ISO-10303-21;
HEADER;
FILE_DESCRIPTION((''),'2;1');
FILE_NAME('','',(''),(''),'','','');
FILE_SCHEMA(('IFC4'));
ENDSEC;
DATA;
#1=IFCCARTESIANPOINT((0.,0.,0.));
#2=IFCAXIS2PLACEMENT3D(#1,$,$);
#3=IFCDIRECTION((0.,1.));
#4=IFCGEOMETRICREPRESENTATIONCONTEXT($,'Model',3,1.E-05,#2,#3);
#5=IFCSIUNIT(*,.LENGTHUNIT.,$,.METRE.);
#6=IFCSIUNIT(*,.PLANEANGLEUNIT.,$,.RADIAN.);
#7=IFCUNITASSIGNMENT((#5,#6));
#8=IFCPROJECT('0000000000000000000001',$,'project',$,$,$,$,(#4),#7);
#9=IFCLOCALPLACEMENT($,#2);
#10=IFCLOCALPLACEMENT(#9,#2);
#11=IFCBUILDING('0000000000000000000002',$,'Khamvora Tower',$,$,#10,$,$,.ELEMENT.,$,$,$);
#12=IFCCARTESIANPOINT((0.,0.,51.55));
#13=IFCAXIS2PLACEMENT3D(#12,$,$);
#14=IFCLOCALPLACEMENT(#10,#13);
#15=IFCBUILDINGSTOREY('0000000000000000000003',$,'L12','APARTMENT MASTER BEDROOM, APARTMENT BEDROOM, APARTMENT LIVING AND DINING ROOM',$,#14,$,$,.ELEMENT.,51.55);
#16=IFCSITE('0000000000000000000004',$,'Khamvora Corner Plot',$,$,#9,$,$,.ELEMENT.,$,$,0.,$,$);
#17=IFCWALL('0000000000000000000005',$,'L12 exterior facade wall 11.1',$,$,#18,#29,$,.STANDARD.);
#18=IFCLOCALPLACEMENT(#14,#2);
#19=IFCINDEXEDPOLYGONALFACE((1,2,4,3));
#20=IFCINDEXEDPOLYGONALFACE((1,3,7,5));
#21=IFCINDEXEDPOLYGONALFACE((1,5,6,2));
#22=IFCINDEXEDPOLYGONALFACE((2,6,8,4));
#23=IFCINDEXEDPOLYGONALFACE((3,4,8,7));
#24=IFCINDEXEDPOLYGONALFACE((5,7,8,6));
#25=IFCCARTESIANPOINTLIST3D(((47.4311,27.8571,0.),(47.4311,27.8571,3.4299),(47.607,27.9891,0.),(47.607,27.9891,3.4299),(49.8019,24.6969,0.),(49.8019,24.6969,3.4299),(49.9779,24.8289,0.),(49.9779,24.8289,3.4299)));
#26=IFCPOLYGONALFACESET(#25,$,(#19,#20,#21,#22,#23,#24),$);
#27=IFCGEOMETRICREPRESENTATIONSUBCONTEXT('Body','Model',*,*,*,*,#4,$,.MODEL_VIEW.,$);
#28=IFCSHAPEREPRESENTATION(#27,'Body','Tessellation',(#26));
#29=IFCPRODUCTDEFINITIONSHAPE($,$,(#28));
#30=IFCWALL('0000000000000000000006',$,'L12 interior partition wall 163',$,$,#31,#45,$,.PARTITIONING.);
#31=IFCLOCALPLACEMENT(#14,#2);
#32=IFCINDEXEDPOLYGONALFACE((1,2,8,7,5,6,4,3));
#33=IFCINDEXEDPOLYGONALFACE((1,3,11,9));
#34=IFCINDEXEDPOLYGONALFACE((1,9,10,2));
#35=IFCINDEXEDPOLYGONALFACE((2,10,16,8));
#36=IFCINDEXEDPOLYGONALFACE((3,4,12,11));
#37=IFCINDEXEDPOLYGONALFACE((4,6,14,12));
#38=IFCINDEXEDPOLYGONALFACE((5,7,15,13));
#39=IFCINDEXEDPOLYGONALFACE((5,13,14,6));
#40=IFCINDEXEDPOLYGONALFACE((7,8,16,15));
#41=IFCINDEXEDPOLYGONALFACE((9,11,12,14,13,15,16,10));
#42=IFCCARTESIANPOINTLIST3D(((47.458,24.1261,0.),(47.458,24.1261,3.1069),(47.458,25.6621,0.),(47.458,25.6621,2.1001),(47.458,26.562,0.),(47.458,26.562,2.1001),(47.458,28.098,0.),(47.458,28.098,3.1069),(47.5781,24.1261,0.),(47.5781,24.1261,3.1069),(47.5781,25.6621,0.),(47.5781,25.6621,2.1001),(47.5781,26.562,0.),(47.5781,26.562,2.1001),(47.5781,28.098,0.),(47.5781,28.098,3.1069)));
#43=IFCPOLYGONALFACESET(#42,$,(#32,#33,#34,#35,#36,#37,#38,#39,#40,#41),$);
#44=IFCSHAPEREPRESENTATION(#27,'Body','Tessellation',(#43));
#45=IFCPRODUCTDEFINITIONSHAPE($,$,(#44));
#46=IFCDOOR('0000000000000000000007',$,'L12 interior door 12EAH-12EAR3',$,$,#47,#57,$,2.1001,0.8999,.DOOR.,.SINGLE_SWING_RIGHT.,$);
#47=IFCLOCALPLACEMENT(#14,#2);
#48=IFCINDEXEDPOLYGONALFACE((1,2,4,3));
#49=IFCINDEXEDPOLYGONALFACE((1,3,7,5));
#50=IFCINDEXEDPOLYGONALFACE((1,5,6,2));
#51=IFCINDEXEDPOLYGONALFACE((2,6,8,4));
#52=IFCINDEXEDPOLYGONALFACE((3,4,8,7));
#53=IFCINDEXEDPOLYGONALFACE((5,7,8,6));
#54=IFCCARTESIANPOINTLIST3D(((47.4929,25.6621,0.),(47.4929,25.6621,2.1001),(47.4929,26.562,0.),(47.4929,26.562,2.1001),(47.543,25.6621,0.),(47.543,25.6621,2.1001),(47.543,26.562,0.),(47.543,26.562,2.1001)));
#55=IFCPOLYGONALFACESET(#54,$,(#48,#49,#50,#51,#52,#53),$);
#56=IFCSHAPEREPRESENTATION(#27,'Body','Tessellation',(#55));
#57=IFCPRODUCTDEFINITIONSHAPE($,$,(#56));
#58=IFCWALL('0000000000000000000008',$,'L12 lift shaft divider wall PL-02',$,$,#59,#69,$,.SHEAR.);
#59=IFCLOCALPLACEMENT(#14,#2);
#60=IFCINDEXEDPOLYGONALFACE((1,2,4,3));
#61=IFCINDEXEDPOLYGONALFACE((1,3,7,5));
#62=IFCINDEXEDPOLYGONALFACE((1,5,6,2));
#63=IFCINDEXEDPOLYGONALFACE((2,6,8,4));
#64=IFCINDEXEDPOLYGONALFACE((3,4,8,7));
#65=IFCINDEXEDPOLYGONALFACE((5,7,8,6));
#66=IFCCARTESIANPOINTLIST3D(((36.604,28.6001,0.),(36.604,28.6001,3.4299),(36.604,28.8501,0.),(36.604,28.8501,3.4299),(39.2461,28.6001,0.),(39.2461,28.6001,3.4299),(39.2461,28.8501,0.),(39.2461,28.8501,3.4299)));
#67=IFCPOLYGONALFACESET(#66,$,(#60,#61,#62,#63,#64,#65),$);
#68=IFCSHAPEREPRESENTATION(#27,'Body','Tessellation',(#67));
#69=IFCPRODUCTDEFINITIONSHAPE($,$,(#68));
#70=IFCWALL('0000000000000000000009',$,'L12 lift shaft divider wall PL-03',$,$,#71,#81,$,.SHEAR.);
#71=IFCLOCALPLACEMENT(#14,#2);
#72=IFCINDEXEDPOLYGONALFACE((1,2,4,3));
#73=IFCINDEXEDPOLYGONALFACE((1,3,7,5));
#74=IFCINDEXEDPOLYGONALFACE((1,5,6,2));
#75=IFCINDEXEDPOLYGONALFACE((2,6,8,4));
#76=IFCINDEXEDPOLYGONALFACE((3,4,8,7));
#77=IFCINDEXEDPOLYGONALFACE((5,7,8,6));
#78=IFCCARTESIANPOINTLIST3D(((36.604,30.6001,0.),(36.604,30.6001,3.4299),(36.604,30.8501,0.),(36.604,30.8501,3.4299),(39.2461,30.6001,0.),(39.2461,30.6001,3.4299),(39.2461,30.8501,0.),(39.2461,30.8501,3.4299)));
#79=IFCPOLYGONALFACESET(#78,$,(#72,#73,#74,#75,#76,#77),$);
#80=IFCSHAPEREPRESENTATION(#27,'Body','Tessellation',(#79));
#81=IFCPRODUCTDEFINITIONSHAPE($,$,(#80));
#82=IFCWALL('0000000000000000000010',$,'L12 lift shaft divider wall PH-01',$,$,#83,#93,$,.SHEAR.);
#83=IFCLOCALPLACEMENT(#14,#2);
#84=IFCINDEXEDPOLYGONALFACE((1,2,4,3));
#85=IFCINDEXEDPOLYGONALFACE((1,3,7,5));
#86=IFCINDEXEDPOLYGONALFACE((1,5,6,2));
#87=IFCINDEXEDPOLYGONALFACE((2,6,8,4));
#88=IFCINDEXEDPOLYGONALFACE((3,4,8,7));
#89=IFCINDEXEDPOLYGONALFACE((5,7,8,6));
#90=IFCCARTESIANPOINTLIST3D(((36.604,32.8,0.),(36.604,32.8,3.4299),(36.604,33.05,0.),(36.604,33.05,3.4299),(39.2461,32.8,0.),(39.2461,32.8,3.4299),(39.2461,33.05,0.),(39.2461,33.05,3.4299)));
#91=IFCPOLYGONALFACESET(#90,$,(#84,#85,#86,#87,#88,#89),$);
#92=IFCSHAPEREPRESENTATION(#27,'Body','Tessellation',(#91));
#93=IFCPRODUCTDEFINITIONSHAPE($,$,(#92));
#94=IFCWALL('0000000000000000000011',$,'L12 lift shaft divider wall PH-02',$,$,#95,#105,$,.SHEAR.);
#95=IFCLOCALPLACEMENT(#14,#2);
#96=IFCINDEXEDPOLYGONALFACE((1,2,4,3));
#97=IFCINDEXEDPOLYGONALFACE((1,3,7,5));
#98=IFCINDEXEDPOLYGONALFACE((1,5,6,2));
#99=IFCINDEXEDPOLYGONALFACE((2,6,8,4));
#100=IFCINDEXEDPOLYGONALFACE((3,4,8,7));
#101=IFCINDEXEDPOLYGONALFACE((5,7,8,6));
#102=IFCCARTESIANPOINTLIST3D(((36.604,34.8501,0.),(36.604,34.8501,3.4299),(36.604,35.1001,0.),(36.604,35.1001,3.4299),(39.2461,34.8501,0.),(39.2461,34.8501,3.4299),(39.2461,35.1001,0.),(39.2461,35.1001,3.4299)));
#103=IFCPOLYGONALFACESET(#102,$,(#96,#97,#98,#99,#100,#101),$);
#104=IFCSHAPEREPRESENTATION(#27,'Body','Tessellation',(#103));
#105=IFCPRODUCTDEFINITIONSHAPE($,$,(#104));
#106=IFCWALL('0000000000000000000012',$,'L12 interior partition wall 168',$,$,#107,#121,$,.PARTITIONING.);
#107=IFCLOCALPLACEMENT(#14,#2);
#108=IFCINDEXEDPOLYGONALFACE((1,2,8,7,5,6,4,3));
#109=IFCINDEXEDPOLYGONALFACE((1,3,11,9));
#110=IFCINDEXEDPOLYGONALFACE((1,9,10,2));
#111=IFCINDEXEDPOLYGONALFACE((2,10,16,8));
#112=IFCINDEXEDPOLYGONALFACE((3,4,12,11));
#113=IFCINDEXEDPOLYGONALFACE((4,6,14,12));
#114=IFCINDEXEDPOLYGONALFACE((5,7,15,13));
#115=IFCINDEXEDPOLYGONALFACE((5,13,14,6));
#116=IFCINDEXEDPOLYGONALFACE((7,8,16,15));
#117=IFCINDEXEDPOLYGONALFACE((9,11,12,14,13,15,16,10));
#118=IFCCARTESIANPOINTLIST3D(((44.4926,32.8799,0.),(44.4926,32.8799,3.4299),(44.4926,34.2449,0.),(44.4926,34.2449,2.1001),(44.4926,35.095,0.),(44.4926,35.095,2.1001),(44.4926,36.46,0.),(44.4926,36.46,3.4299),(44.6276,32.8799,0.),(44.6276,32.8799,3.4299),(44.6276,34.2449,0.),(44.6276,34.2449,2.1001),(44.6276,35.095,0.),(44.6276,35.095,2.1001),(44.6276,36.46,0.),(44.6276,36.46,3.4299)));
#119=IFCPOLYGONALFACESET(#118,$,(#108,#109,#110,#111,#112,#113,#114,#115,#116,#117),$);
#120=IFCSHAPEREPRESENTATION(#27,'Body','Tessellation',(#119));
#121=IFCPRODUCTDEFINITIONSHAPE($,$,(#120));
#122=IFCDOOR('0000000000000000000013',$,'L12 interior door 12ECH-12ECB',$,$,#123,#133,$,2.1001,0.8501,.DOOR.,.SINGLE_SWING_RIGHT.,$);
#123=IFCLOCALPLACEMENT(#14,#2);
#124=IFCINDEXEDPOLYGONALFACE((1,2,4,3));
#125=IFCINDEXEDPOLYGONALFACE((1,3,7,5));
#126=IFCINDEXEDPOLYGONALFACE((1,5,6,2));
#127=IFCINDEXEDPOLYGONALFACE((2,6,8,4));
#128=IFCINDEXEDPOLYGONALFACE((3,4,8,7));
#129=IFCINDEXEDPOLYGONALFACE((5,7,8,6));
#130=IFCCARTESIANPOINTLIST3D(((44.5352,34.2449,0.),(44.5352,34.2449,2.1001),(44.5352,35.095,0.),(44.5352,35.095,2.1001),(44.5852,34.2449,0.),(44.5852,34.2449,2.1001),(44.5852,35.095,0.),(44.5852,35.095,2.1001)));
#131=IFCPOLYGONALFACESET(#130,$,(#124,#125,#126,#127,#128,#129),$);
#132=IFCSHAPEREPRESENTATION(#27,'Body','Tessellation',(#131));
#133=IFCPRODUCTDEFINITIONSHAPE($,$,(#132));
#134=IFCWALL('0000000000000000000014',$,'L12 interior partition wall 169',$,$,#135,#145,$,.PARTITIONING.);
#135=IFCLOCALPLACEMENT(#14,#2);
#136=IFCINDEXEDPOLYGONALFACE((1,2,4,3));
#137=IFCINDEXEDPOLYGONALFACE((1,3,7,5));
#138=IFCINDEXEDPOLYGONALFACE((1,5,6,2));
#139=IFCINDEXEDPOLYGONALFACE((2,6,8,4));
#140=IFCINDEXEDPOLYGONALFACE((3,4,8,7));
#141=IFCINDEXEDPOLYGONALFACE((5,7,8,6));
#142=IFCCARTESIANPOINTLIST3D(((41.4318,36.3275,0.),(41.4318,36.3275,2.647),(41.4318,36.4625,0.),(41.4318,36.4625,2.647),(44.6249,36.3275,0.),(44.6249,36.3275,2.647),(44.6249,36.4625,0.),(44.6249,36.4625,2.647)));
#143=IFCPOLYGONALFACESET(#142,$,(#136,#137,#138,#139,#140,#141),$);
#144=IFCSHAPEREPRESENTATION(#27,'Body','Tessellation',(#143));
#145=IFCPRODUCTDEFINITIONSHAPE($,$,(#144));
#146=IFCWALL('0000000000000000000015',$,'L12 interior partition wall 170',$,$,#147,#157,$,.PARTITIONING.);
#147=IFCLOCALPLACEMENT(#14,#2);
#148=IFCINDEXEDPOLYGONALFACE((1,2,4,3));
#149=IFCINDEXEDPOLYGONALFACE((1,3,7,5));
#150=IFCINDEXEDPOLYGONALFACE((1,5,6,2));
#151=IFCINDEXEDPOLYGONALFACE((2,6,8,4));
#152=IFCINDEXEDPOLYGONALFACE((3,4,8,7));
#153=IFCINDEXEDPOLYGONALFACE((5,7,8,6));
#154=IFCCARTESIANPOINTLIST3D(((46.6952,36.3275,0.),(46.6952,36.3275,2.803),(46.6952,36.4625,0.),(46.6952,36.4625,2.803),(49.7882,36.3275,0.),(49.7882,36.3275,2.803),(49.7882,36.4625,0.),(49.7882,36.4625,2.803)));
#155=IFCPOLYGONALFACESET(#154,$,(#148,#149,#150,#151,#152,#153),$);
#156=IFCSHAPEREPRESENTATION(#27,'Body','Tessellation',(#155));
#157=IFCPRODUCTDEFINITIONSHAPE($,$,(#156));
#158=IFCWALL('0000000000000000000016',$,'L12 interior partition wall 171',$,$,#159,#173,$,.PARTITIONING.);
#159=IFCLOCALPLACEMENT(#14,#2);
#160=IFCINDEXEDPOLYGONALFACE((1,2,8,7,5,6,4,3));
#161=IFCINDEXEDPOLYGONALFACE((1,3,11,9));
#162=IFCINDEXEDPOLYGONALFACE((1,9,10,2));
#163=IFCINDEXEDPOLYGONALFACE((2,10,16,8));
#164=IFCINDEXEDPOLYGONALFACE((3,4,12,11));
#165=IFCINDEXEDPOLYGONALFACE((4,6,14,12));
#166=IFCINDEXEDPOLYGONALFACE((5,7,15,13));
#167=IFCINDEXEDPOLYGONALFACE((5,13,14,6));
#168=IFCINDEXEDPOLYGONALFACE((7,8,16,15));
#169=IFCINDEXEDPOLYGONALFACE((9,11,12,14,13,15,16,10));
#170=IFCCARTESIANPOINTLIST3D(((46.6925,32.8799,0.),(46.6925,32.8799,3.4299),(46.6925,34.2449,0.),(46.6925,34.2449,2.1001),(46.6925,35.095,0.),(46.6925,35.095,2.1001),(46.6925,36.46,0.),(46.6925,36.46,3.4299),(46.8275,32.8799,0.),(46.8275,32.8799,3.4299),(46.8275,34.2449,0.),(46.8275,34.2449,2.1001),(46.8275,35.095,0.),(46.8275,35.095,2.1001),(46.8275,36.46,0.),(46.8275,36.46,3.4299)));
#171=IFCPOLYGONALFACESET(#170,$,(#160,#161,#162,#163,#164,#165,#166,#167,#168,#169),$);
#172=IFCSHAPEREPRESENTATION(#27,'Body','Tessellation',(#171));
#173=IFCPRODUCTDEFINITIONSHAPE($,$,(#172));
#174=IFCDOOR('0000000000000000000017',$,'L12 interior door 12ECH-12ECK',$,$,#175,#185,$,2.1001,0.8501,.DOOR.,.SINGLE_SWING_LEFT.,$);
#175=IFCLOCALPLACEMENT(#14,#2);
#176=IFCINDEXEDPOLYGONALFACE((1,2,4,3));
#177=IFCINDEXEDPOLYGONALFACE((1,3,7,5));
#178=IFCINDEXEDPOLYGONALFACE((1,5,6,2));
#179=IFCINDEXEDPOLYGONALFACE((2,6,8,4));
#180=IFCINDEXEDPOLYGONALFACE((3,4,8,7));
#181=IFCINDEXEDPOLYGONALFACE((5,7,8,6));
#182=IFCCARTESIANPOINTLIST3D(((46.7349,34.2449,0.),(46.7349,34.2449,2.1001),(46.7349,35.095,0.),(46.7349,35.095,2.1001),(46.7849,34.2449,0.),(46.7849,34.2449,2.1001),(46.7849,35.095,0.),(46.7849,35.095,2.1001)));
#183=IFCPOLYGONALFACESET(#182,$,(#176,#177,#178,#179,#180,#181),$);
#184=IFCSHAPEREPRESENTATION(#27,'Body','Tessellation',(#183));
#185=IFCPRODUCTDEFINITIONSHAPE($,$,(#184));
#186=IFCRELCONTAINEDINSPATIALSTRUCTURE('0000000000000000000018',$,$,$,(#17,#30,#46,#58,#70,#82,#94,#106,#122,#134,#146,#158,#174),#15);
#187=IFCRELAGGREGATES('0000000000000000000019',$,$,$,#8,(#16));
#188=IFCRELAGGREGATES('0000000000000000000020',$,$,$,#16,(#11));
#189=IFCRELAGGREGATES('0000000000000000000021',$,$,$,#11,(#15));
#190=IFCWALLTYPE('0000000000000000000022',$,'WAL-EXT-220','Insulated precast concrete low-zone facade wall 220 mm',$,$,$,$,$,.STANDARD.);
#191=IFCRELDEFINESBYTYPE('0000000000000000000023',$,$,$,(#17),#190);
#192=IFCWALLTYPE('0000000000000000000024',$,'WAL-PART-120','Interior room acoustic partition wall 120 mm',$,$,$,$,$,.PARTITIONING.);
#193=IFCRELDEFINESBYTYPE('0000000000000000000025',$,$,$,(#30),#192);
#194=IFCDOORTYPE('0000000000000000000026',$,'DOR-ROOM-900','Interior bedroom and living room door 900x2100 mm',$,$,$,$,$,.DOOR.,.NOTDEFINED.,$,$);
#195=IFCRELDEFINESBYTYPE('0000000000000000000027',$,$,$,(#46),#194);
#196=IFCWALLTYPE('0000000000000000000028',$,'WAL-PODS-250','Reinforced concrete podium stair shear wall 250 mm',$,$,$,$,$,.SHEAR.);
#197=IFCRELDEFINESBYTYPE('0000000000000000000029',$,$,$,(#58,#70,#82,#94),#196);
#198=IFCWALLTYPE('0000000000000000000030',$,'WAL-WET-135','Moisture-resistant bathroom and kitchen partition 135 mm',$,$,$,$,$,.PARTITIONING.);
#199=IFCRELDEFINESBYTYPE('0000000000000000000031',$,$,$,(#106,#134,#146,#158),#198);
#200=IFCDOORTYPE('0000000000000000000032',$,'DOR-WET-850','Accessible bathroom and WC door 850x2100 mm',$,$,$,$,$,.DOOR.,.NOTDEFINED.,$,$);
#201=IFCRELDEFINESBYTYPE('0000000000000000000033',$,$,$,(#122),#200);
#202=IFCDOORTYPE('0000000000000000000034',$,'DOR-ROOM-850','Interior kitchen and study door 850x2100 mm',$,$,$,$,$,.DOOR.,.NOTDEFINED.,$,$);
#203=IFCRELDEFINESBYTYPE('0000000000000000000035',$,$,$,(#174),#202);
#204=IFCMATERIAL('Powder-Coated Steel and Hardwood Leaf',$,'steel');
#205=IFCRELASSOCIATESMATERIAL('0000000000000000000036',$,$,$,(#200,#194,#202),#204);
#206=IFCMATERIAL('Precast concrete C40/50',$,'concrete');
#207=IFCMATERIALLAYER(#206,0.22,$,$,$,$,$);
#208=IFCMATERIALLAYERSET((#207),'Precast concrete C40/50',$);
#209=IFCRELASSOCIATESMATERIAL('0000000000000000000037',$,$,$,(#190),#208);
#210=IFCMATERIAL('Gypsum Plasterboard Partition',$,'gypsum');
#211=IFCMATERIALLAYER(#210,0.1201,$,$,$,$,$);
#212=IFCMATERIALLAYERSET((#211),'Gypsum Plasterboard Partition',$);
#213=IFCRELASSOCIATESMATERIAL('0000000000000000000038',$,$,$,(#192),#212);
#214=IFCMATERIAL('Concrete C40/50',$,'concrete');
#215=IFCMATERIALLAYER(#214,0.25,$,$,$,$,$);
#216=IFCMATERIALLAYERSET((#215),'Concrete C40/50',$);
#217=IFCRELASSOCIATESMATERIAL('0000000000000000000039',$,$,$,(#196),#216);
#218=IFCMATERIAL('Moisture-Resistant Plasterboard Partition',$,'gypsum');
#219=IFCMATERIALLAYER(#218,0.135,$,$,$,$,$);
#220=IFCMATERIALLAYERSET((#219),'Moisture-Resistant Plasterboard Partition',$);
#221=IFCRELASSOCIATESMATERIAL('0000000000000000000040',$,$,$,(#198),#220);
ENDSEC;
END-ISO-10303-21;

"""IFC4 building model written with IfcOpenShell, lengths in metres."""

from ifc_helpers import new_model, si_unit, direction, frame, frame_2d, origin, place, context, subcontext, project, spatial, rectangle, extrude, material, layer, layer_set, type_object, element, fill, save


model = new_model("IFC4")

# Units and contexts
model_context = context("Model", 3, precision=1e-05, world=origin(), true_north=direction((0.0, 1.0)))
body_context = subcontext(model_context, "Body", "Model", "MODEL_VIEW")
ifc_project = project(units=[si_unit("LENGTHUNIT", "METRE"), si_unit("PLANEANGLEUNIT", "RADIAN")], contexts=[model_context])

# Site, building, storey
site_placement = place(None, origin())
site = spatial("IfcSite", under=ifc_project, at=site_placement, Name="Khamvora Corner Plot", CompositionType="ELEMENT", RefElevation=0.0)
building_placement = place(site_placement, origin())
building = spatial("IfcBuilding", under=site, at=building_placement, Name="Khamvora Tower", CompositionType="ELEMENT")
storey_placement = place(building_placement, frame((0.0, 0.0, 51.55)))
storey = spatial("IfcBuildingStorey", under=building, at=storey_placement, Name="L12", Description="APARTMENT MASTER BEDROOM, APARTMENT BEDROOM, APARTMENT LIVING AND DINING ROOM", CompositionType="ELEMENT", Elevation=51.55)

# Shared definitions
ifc_material_1 = material(Name="Powder-Coated Steel and Hardwood Leaf", Category="steel")
door_type_1 = type_object("IfcDoorType", Name="DOR-WET-850", Description="Accessible bathroom and WC door 850x2100 mm", OperationType="NOTDEFINED", PredefinedType="DOOR", material=ifc_material_1)

# Wall
ifc_material_2 = material(Name="Precast concrete C40/50", Category="concrete")
ifc_layer_1 = layer(ifc_material_2, 0.22)
ifc_layer_set_1 = layer_set([ifc_layer_1], Name="Precast concrete C40/50")
wall_type_1 = type_object("IfcWallType", Name="WAL-EXT-220", Description="Insulated precast concrete low-zone facade wall 220 mm", PredefinedType="STANDARD", material=ifc_layer_set_1)
wall_1_placement = place(storey_placement, frame((47.519, 27.9231, 0.0), z_axis=(0.0, 0.0, 1.0), x_axis=(0.600119, -0.799911, 0.0)))
element("IfcWall", 1, at=wall_1_placement, inside=storey, type_object=wall_type_1, Name="L12 exterior facade wall 11.1", PredefinedType="STANDARD", context=body_context, shape_type="SweptSolid", body=[
    extrude(rectangle(XDim=3.9507, YDim=0.22, at=frame_2d((1.9753, 0.0))), origin(), (0.0, 0.0, 1.0), 3.4299),
])

# Wall, opening, door
ifc_material_3 = material(Name="Gypsum Plasterboard Partition", Category="gypsum")
ifc_layer_2 = layer(ifc_material_3, 0.1201)
ifc_layer_set_2 = layer_set([ifc_layer_2], Name="Gypsum Plasterboard Partition")
wall_type_2 = type_object("IfcWallType", Name="WAL-PART-120", Description="Interior room acoustic partition wall 120 mm", PredefinedType="PARTITIONING", material=ifc_layer_set_2)
wall_2_placement = place(storey_placement, frame((47.5181, 28.0979, 0.0), z_axis=(0.0, 0.0, 1.0), x_axis=(0.0, -1.0, 0.0)))
wall_2 = element("IfcWall", 2, at=wall_2_placement, inside=storey, type_object=wall_type_2, Name="L12 interior partition wall 163", PredefinedType="PARTITIONING", context=body_context, shape_type="SweptSolid", body=[
    extrude(rectangle(XDim=3.9719, YDim=0.1201, at=frame_2d((1.9858, 0.0))), origin(), (0.0, 0.0, 1.0), 3.1069),
])
opening_1_placement = place(wall_2_placement, frame((1.5359, 0.0, 0.0)))
opening_1 = element("IfcOpeningElement", 3, at=opening_1_placement, cuts=wall_2, PredefinedType="OPENING", context=body_context, shape_type="SweptSolid", body=[
    extrude(rectangle(XDim=0.8999, YDim=2.1001, at=frame_2d((0.45, 1.05))), frame((0.0, 0.0701, 0.0), z_axis=(0.0, -1.0, 0.0), x_axis=(1.0, 0.0, 0.0)), (0.0, 0.0, 1.0), 0.1401),
])
door_type_2 = type_object("IfcDoorType", Name="DOR-ROOM-900", Description="Interior bedroom and living room door 900x2100 mm", OperationType="NOTDEFINED", PredefinedType="DOOR", material=ifc_material_1)
door_1_placement = place(opening_1_placement, origin())
door_1 = element("IfcDoor", 4, at=door_1_placement, inside=storey, type_object=door_type_2, Name="L12 interior door 12EAH-12EAR3", OperationType="SINGLE_SWING_RIGHT", OverallHeight=2.1001, OverallWidth=0.8999, PredefinedType="DOOR", context=body_context, shape_type="SweptSolid", body=[
    extrude(rectangle(XDim=0.8999, YDim=2.1001, at=frame_2d((0.45, 1.05))), frame((0.0, 0.0249, 0.0), z_axis=(0.0, -1.0, 0.0), x_axis=(1.0, 0.0, 0.0)), (0.0, 0.0, 1.0), 0.05),
])
fill(opening_1, door_1)

# Walls
ifc_material_4 = material(Name="Concrete C40/50", Category="concrete")
ifc_layer_3 = layer(ifc_material_4, 0.25)
ifc_layer_set_3 = layer_set([ifc_layer_3], Name="Concrete C40/50")
wall_type_3 = type_object("IfcWallType", Name="WAL-PODS-250", Description="Reinforced concrete podium stair shear wall 250 mm", PredefinedType="SHEAR", material=ifc_layer_set_3)
for number, where, z_axis, x_axis, name in (
    (5, (36.604, 28.7251, 0.0), (0.0, 0.0, 1.0), (1.0, 0.0, 0.0), "L12 lift shaft divider wall PL-02"),
    (6, (36.604, 30.7251, 0.0), (0.0, 0.0, 1.0), (1.0, 0.0, 0.0), "L12 lift shaft divider wall PL-03"),
    (7, (36.604, 32.925, 0.0), (0.0, 0.0, 1.0), (1.0, 0.0, 0.0), "L12 lift shaft divider wall PH-01"),
    (8, (36.604, 34.9751, 0.0), (0.0, 0.0, 1.0), (1.0, 0.0, 0.0), "L12 lift shaft divider wall PH-02"),
):
    element("IfcWall", number, at=place(storey_placement, frame(where, z_axis=z_axis, x_axis=x_axis)), inside=storey, type_object=wall_type_3, Name=name, PredefinedType="SHEAR", context=body_context, shape_type="SweptSolid", body=[
        extrude(rectangle(XDim=2.6421, YDim=0.25, at=frame_2d((1.321, 0.0))), origin(), (0.0, 0.0, 1.0), 3.4299),
    ])

# Wall, opening, door
ifc_material_5 = material(Name="Moisture-Resistant Plasterboard Partition", Category="gypsum")
ifc_layer_4 = layer(ifc_material_5, 0.135)
ifc_layer_set_4 = layer_set([ifc_layer_4], Name="Moisture-Resistant Plasterboard Partition")
wall_type_4 = type_object("IfcWallType", Name="WAL-WET-135", Description="Moisture-resistant bathroom and kitchen partition 135 mm", PredefinedType="PARTITIONING", material=ifc_layer_set_4)
wall_3_placement = place(storey_placement, frame((44.5601, 32.8799, 0.0), z_axis=(0.0, 0.0, 1.0), x_axis=(0.0, 1.0, 0.0)))
wall_3 = element("IfcWall", 9, at=wall_3_placement, inside=storey, type_object=wall_type_4, Name="L12 interior partition wall 168", PredefinedType="PARTITIONING", context=body_context, shape_type="SweptSolid", body=[
    extrude(rectangle(XDim=3.5801, YDim=0.135, at=frame_2d((1.79, 0.0))), origin(), (0.0, 0.0, 1.0), 3.4299),
])
opening_2_placement = place(wall_3_placement, frame((1.365, 0.0, 0.0)))
opening_2 = element("IfcOpeningElement", 10, at=opening_2_placement, cuts=wall_3, PredefinedType="OPENING", context=body_context, shape_type="SweptSolid", body=[
    extrude(rectangle(XDim=0.8501, YDim=2.1001, at=frame_2d((0.425, 1.05))), frame((0.0, 0.0774, 0.0), z_axis=(0.0, -1.0, 0.0), x_axis=(1.0, 0.0, 0.0)), (0.0, 0.0, 1.0), 0.155),
])
door_2_placement = place(opening_2_placement, origin())
door_2 = element("IfcDoor", 11, at=door_2_placement, inside=storey, type_object=door_type_1, Name="L12 interior door 12ECH-12ECB", OperationType="SINGLE_SWING_RIGHT", OverallHeight=2.1001, OverallWidth=0.8501, PredefinedType="DOOR", context=body_context, shape_type="SweptSolid", body=[
    extrude(rectangle(XDim=0.8501, YDim=2.1001, at=frame_2d((0.425, 1.05))), frame((0.0, 0.0249, 0.0), z_axis=(0.0, -1.0, 0.0), x_axis=(1.0, 0.0, 0.0)), (0.0, 0.0, 1.0), 0.05),
])
fill(opening_2, door_2)

# Walls
wall_4_placement = place(storey_placement, frame((44.625, 36.395, 0.0), z_axis=(0.0, 0.0, 1.0), x_axis=(-1.0, 0.0, 0.0)))
element("IfcWall", 12, at=wall_4_placement, inside=storey, type_object=wall_type_4, Name="L12 interior partition wall 169", PredefinedType="PARTITIONING", context=body_context, shape_type="SweptSolid", body=[
    extrude(rectangle(XDim=3.1931, YDim=0.135, at=frame_2d((1.5967, 0.0))), origin(), (0.0, 0.0, 1.0), 2.647),
])
wall_5_placement = place(storey_placement, frame((49.7881, 36.395, 0.0), z_axis=(0.0, 0.0, 1.0), x_axis=(-1.0, 0.0, 0.0)))
element("IfcWall", 13, at=wall_5_placement, inside=storey, type_object=wall_type_4, Name="L12 interior partition wall 170", PredefinedType="PARTITIONING", context=body_context, shape_type="SweptSolid", body=[
    extrude(rectangle(XDim=3.093, YDim=0.135, at=frame_2d((1.5464, 0.0))), origin(), (0.0, 0.0, 1.0), 2.803),
])

# Wall, opening, door
wall_6_placement = place(storey_placement, frame((46.76, 36.46, 0.0), z_axis=(0.0, 0.0, 1.0), x_axis=(0.0, -1.0, 0.0)))
wall_6 = element("IfcWall", 14, at=wall_6_placement, inside=storey, type_object=wall_type_4, Name="L12 interior partition wall 171", PredefinedType="PARTITIONING", context=body_context, shape_type="SweptSolid", body=[
    extrude(rectangle(XDim=3.5801, YDim=0.135, at=frame_2d((1.79, 0.0))), origin(), (0.0, 0.0, 1.0), 3.4299),
])
opening_3_placement = place(wall_6_placement, frame((1.365, 0.0, 0.0)))
opening_3 = element("IfcOpeningElement", 15, at=opening_3_placement, cuts=wall_6, PredefinedType="OPENING", context=body_context, shape_type="SweptSolid", body=[
    extrude(rectangle(XDim=0.8501, YDim=2.1001, at=frame_2d((0.425, 1.05))), frame((0.0, 0.0774, 0.0), z_axis=(0.0, -1.0, 0.0), x_axis=(1.0, 0.0, 0.0)), (0.0, 0.0, 1.0), 0.155),
])
door_type_3 = type_object("IfcDoorType", Name="DOR-ROOM-850", Description="Interior kitchen and study door 850x2100 mm", OperationType="NOTDEFINED", PredefinedType="DOOR", material=ifc_material_1)
door_3_placement = place(opening_3_placement, origin())
door_3 = element("IfcDoor", 16, at=door_3_placement, inside=storey, type_object=door_type_3, Name="L12 interior door 12ECH-12ECK", OperationType="SINGLE_SWING_LEFT", OverallHeight=2.1001, OverallWidth=0.8501, PredefinedType="DOOR", context=body_context, shape_type="SweptSolid", body=[
    extrude(rectangle(XDim=0.8501, YDim=2.1001, at=frame_2d((0.425, 1.05))), frame((0.0, 0.0249, 0.0), z_axis=(0.0, -1.0, 0.0), x_axis=(1.0, 0.0, 0.0)), (0.0, 0.0, 1.0), 0.05),
])
fill(opening_3, door_3)

save(model, "model.ifc")
